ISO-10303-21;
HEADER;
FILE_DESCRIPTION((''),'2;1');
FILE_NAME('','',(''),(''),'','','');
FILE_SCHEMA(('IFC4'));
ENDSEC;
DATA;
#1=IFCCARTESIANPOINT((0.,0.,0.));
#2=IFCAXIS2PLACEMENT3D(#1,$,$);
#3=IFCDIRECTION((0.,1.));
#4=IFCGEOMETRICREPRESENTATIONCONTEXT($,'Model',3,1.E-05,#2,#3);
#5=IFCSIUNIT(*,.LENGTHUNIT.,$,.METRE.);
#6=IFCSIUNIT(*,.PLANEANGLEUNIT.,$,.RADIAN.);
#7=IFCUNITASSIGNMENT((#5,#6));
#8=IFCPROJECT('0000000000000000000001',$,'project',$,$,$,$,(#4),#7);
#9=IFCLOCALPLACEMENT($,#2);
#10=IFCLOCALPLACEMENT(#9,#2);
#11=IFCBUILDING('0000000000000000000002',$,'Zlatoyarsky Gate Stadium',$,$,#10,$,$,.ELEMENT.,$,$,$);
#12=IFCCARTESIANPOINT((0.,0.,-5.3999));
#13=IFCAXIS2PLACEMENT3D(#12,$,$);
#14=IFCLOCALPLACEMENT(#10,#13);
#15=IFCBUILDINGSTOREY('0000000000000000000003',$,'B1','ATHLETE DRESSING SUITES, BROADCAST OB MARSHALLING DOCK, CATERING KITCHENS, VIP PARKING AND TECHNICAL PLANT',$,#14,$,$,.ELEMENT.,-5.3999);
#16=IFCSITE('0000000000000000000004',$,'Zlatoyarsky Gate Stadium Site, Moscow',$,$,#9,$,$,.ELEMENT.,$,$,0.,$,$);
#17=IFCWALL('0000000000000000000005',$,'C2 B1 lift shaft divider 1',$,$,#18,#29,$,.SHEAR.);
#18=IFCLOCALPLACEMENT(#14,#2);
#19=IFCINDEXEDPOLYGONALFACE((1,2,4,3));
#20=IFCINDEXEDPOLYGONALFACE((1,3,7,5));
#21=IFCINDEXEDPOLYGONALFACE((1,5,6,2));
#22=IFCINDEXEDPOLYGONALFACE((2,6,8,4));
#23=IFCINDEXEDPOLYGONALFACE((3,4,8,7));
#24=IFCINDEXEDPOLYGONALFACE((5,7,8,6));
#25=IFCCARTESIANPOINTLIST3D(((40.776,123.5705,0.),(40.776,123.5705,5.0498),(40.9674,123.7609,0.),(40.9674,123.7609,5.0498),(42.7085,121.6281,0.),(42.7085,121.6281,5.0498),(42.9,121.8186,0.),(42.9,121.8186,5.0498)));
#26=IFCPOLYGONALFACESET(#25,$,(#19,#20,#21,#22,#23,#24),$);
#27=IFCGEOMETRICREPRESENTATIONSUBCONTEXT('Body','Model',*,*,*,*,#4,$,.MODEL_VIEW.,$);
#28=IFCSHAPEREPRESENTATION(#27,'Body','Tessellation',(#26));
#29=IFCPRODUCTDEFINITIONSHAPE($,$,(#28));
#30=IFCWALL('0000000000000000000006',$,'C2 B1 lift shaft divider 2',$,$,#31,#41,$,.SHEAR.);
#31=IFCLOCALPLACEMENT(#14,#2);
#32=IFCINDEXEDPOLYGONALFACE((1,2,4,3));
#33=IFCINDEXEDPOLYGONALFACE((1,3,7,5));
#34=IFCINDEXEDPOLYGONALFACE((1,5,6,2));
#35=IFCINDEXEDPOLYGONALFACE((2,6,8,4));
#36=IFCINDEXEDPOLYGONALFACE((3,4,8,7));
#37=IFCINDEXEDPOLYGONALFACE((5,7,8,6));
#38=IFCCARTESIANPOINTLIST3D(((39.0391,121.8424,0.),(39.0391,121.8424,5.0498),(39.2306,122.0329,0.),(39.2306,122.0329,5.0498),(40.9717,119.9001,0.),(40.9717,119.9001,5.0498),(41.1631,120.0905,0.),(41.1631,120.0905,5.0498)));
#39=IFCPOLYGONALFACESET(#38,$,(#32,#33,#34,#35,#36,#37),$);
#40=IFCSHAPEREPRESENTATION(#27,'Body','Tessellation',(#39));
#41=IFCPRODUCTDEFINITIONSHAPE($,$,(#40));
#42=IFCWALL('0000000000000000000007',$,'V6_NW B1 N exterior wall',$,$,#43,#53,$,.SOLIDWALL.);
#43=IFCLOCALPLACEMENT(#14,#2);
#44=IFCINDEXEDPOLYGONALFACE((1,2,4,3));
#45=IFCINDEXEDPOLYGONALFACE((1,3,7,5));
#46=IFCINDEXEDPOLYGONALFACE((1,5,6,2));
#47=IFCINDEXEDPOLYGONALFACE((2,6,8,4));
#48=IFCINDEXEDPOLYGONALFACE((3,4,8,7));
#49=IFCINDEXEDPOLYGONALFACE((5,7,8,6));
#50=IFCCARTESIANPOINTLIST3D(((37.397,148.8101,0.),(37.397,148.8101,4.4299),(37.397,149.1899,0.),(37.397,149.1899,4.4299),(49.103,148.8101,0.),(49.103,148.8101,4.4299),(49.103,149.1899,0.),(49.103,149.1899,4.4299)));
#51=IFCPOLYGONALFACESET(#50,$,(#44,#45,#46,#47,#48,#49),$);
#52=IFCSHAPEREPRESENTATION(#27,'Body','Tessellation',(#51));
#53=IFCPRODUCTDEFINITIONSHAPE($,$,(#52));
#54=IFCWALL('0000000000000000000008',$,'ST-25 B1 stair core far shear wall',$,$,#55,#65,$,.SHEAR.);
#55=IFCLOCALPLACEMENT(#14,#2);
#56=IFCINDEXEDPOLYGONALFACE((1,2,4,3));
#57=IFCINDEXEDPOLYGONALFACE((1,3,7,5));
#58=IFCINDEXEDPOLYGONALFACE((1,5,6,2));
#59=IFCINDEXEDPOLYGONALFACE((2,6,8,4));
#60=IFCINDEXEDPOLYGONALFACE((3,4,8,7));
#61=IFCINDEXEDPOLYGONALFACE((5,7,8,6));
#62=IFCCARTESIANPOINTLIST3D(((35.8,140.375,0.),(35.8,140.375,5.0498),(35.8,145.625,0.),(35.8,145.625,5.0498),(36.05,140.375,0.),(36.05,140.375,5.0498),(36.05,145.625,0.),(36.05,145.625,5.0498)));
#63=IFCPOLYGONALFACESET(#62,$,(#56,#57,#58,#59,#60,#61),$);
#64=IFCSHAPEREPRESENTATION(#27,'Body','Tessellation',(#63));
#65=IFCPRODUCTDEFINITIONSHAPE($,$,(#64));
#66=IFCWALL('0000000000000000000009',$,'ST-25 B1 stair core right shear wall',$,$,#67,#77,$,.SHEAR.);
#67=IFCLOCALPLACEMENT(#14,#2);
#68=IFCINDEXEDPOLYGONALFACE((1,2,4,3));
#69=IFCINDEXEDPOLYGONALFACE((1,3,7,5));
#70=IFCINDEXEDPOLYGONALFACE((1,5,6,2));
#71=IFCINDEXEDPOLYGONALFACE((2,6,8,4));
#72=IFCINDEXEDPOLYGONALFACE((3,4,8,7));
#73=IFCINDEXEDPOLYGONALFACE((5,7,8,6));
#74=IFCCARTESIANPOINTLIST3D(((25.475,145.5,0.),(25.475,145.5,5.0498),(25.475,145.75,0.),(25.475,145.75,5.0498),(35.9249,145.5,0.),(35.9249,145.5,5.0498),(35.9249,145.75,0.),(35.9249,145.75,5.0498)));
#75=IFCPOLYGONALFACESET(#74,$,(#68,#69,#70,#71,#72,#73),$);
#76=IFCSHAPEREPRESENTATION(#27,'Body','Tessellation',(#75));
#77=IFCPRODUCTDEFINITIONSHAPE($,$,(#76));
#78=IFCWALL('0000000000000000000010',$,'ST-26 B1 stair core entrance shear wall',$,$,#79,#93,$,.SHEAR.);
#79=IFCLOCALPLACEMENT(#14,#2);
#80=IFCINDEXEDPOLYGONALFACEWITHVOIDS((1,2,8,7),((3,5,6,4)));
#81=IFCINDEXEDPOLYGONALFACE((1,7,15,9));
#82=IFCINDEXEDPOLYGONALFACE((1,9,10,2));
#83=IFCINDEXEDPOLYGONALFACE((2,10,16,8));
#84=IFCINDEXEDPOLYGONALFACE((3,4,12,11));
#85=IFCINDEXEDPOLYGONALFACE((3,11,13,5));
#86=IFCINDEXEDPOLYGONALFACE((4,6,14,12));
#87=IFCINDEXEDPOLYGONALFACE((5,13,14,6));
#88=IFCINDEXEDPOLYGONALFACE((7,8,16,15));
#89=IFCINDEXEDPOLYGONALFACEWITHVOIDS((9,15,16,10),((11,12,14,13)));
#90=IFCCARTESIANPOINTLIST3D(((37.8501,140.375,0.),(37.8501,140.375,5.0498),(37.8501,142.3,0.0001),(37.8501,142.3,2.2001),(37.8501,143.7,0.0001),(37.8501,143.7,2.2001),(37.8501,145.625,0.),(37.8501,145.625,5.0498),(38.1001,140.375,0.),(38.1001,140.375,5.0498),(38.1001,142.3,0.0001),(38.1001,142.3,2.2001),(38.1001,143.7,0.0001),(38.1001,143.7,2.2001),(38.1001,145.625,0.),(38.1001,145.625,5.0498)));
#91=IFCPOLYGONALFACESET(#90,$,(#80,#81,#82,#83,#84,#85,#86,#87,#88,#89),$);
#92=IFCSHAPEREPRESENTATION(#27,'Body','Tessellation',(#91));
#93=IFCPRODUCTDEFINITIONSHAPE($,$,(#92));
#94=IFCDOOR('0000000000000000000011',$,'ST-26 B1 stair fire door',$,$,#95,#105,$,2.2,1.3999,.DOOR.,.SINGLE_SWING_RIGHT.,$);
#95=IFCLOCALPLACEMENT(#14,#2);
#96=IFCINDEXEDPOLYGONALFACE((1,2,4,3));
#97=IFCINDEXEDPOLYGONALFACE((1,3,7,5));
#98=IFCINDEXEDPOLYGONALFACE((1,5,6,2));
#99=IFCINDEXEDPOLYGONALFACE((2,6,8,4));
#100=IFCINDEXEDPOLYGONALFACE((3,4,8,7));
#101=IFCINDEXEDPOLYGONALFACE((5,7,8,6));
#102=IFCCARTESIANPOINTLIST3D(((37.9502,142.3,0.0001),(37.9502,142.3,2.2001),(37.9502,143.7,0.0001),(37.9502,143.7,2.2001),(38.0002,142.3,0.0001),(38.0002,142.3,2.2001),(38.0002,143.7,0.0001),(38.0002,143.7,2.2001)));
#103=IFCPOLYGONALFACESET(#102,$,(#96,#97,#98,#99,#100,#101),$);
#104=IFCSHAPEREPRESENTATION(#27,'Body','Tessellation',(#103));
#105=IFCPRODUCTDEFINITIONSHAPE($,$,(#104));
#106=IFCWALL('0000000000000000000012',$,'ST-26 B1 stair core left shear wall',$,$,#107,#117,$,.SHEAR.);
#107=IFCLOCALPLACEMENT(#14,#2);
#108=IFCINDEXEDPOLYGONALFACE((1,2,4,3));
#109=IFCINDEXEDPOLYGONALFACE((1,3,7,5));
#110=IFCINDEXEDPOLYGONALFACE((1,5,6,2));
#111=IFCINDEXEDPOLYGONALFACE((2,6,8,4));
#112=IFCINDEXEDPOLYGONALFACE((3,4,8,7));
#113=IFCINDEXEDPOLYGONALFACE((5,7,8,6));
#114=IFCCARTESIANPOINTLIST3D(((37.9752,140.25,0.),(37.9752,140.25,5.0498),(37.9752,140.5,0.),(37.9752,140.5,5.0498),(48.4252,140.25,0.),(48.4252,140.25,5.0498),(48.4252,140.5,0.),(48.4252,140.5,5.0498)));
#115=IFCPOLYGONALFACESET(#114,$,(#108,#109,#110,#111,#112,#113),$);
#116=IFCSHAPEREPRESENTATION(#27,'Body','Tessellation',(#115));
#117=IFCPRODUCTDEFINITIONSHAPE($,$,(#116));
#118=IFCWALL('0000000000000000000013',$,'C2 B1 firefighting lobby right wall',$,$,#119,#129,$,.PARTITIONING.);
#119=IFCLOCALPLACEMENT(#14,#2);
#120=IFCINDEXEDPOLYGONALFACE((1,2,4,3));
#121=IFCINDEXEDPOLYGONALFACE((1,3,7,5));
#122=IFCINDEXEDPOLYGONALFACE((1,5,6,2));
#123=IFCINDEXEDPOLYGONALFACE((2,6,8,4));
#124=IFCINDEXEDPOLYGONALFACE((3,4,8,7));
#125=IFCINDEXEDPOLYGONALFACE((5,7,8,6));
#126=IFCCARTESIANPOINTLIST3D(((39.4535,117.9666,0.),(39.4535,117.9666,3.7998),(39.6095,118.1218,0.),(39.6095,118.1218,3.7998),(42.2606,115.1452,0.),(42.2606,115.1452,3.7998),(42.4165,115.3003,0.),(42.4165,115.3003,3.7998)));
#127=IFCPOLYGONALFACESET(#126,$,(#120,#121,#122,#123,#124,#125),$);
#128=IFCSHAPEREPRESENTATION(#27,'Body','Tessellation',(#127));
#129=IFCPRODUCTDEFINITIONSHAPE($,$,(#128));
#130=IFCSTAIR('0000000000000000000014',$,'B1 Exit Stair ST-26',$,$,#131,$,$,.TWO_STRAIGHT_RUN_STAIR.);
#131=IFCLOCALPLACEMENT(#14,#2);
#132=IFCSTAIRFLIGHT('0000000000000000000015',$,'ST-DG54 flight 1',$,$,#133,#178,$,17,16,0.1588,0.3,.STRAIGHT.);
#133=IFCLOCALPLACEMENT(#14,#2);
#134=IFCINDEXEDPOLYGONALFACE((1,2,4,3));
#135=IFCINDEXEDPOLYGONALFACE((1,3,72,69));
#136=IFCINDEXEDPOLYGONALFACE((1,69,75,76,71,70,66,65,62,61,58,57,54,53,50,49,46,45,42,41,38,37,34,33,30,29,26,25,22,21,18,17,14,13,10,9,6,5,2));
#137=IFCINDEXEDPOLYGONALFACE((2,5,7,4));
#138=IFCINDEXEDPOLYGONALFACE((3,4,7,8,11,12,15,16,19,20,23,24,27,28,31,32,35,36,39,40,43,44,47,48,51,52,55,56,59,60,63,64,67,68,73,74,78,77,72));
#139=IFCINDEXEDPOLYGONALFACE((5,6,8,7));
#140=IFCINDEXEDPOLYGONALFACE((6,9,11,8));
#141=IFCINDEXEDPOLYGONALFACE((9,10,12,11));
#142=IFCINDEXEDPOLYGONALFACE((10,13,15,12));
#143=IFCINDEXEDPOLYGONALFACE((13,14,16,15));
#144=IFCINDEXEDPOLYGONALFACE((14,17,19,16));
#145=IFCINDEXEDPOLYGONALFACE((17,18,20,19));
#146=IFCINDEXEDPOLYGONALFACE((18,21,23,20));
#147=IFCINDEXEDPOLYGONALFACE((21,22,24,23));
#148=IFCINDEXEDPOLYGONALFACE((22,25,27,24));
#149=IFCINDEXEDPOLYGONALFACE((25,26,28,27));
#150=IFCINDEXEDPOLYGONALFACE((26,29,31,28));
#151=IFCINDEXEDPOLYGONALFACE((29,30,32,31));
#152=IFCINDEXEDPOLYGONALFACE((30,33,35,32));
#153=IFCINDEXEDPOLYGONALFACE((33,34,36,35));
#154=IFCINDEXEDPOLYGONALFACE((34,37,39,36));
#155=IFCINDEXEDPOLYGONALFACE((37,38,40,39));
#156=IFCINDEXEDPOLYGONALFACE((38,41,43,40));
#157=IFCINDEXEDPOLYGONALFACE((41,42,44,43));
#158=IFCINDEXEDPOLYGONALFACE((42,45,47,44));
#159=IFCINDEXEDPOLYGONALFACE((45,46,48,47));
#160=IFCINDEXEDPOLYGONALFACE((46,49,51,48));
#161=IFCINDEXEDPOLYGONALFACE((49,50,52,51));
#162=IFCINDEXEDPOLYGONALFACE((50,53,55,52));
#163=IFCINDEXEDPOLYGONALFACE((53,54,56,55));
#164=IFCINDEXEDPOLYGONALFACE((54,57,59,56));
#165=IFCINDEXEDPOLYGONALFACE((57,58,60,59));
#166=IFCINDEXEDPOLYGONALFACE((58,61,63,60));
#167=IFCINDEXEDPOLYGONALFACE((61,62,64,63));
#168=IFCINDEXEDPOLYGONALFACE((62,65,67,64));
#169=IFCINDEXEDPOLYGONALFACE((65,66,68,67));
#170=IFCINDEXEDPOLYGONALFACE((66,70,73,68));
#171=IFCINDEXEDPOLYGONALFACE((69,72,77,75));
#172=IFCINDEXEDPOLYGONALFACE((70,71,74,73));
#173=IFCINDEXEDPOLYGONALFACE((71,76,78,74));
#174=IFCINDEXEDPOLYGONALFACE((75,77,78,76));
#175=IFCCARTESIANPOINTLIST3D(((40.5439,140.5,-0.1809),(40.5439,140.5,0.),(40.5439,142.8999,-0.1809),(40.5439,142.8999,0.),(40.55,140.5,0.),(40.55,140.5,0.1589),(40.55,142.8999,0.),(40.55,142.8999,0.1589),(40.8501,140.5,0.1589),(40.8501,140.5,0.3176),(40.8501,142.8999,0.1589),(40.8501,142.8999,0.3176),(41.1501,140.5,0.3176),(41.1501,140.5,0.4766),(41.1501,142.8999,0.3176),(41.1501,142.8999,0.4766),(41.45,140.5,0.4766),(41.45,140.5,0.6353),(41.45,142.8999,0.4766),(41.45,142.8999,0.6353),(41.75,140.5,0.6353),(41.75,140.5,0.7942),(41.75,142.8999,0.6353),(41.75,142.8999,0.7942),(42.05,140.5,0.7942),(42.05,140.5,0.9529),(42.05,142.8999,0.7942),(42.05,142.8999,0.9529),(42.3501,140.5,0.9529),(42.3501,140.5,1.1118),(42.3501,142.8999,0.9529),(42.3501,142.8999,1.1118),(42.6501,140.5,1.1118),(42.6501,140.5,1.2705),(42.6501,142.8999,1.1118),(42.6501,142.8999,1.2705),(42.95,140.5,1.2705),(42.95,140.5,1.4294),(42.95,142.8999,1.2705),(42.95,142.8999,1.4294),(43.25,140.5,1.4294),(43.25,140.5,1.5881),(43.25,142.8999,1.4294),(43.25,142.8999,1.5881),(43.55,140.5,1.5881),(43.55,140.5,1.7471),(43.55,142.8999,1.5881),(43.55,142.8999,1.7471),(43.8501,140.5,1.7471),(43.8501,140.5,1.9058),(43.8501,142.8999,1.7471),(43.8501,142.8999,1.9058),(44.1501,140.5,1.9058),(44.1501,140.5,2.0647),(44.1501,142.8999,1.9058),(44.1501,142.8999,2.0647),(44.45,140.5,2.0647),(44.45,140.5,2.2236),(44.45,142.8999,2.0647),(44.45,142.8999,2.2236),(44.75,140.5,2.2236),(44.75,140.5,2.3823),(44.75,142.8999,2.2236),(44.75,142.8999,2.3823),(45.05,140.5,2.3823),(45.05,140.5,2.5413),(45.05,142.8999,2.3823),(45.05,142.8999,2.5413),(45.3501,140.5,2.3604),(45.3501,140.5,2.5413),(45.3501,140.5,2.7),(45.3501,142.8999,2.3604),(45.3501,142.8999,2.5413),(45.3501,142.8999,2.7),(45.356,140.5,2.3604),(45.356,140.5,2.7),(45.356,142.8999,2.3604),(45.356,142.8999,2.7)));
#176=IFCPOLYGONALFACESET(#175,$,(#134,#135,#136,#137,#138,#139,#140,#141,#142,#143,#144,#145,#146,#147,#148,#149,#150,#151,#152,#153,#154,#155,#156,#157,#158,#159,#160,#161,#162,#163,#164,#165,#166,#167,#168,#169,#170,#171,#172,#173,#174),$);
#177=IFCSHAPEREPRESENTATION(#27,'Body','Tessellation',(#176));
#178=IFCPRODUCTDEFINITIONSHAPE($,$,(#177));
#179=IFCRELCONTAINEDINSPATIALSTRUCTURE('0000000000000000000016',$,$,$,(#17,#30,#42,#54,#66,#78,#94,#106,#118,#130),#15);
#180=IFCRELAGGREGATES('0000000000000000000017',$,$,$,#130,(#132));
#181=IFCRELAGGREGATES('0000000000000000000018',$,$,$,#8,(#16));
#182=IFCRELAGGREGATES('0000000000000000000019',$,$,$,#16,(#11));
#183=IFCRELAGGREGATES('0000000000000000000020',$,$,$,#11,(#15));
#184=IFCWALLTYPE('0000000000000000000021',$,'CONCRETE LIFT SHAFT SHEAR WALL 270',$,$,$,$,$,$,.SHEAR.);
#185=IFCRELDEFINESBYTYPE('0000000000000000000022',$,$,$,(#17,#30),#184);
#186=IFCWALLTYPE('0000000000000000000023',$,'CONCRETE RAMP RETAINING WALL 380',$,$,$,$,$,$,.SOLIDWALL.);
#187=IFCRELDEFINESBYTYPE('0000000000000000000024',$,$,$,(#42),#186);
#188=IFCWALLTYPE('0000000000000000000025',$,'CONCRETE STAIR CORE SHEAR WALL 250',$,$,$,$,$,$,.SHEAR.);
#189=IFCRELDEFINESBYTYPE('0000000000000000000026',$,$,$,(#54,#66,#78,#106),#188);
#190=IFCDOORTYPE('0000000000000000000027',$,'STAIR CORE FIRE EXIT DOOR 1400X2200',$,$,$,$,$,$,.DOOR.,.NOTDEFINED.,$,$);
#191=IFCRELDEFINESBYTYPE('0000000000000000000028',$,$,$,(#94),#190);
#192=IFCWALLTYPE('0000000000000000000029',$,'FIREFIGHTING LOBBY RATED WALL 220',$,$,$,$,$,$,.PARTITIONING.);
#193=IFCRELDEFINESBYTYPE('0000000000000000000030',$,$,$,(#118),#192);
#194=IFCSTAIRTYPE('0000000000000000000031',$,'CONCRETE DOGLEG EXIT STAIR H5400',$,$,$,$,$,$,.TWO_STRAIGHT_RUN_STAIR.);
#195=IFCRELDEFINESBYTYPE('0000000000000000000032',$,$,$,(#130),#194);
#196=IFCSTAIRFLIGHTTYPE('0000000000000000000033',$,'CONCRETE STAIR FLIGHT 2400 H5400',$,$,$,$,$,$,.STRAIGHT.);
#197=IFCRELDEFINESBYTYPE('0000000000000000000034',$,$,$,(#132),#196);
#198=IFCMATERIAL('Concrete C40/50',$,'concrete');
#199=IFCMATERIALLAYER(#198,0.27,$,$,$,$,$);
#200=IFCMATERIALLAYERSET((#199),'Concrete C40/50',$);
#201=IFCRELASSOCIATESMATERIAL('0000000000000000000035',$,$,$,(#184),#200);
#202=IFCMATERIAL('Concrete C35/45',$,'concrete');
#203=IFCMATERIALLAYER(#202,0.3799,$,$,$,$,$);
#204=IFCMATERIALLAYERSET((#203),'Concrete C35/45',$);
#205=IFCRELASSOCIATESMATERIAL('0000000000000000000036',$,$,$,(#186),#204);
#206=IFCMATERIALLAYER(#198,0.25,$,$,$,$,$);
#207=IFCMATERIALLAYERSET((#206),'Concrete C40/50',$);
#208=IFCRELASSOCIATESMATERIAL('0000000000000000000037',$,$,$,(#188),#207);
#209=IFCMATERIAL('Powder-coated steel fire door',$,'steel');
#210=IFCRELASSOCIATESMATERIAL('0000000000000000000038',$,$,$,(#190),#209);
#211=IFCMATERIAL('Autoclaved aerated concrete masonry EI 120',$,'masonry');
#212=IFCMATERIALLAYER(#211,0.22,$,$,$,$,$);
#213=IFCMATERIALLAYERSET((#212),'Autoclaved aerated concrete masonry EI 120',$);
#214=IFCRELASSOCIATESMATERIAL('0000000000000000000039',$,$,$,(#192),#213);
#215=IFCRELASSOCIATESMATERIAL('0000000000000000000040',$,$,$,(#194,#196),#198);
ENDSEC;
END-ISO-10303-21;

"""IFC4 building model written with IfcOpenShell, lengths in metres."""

from ifc_helpers import new_model, si_unit, direction, frame, frame_2d, origin, place, context, subcontext, project, spatial, polyline, rectangle, outline, extrude, material, layer, layer_set, type_object, element, fill, aggregate, save


model = new_model("IFC4")

# Units and contexts
model_context = context("Model", 3, precision=1e-05, world=origin(), true_north=direction((0.0, 1.0)))
body_context = subcontext(model_context, "Body", "Model", "MODEL_VIEW")
ifc_project = project(units=[si_unit("LENGTHUNIT", "METRE"), si_unit("PLANEANGLEUNIT", "RADIAN")], contexts=[model_context])

# Site, building, storey
site_placement = place(None, origin())
site = spatial("IfcSite", under=ifc_project, at=site_placement, Name="Zlatoyarsky Gate Stadium Site, Moscow", CompositionType="ELEMENT", RefElevation=0.0)
building_placement = place(site_placement, origin())
building = spatial("IfcBuilding", under=site, at=building_placement, Name="Zlatoyarsky Gate Stadium", CompositionType="ELEMENT")
storey_placement = place(building_placement, frame((0.0, 0.0, -5.3999)))
storey = spatial("IfcBuildingStorey", under=building, at=storey_placement, Name="B1", Description="ATHLETE DRESSING SUITES, BROADCAST OB MARSHALLING DOCK, CATERING KITCHENS, VIP PARKING AND TECHNICAL PLANT", CompositionType="ELEMENT", Elevation=-5.3999)

# Shared definitions
ifc_material_1 = material(Name="Concrete C35/45", Category="concrete")

# Shared definitions
ifc_material_2 = material(Name="Concrete C40/50", Category="concrete")

# Walls
ifc_layer_1 = layer(ifc_material_2, 0.27)
ifc_layer_set_1 = layer_set([ifc_layer_1], Name="Concrete C40/50")
wall_type_1 = type_object("IfcWallType", Name="CONCRETE LIFT SHAFT SHEAR WALL 270", PredefinedType="SHEAR", material=ifc_layer_set_1)
for number, where, z_axis, x_axis, name in (
    (1, (40.8716, 123.6658, 0.0), (0.0, 0.0, 1.0), (0.705323, -0.708887, 0.0), "C2 B1 lift shaft divider 1"),
    (2, (39.1348, 121.9377, 0.0), (0.0, 0.0, 1.0), (0.705323, -0.708887, 0.0), "C2 B1 lift shaft divider 2"),
):
    element("IfcWall", number, at=place(storey_placement, frame(where, z_axis=z_axis, x_axis=x_axis)), inside=storey, type_object=wall_type_1, Name=name, PredefinedType="SHEAR", context=body_context, shape_type="SweptSolid", body=[
        extrude(rectangle(XDim=2.74, YDim=0.27, at=frame_2d((1.3701, 0.0))), origin(), (0.0, 0.0, 1.0), 5.0498),
    ])
ifc_layer_2 = layer(ifc_material_1, 0.3799)
ifc_layer_set_2 = layer_set([ifc_layer_2], Name="Concrete C35/45")
wall_type_2 = type_object("IfcWallType", Name="CONCRETE RAMP RETAINING WALL 380", PredefinedType="SOLIDWALL", material=ifc_layer_set_2)
wall_1_placement = place(storey_placement, frame((37.397, 149.0, 0.0), z_axis=(0.0, 0.0, 1.0), x_axis=(1.0, 0.0, 0.0)))
element("IfcWall", 3, at=wall_1_placement, inside=storey, type_object=wall_type_2, Name="V6_NW B1 N exterior wall", PredefinedType="SOLIDWALL", context=body_context, shape_type="SweptSolid", body=[
    extrude(rectangle(XDim=11.7061, YDim=0.3799, at=frame_2d((5.853, 0.0))), origin(), (0.0, 0.0, 1.0), 4.4299),
])
ifc_layer_3 = layer(ifc_material_2, 0.25)
ifc_layer_set_3 = layer_set([ifc_layer_3], Name="Concrete C40/50")
wall_type_3 = type_object("IfcWallType", Name="CONCRETE STAIR CORE SHEAR WALL 250", PredefinedType="SHEAR", material=ifc_layer_set_3)
wall_2_placement = place(storey_placement, frame((35.925, 140.375, 0.0), z_axis=(0.0, 0.0, 1.0), x_axis=(0.0, 1.0, 0.0)))
element("IfcWall", 4, at=wall_2_placement, inside=storey, type_object=wall_type_3, Name="ST-25 B1 stair core far shear wall", PredefinedType="SHEAR", context=body_context, shape_type="SweptSolid", body=[
    extrude(rectangle(XDim=5.25, YDim=0.25, at=frame_2d((2.625, 0.0))), origin(), (0.0, 0.0, 1.0), 5.0498),
])
wall_3_placement = place(storey_placement, frame((35.925, 145.625, 0.0), z_axis=(0.0, 0.0, 1.0), x_axis=(-1.0, 0.0, 0.0)))
element("IfcWall", 5, at=wall_3_placement, inside=storey, type_object=wall_type_3, Name="ST-25 B1 stair core right shear wall", PredefinedType="SHEAR", context=body_context, shape_type="SweptSolid", body=[
    extrude(rectangle(XDim=10.45, YDim=0.25, at=frame_2d((5.2251, 0.0))), origin(), (0.0, 0.0, 1.0), 5.0498),
])

# Wall, opening, door
wall_4_placement = place(storey_placement, frame((37.9751, 145.625, 0.0), z_axis=(0.0, 0.0, 1.0), x_axis=(0.0, -1.0, 0.0)))
wall_4 = element("IfcWall", 6, at=wall_4_placement, inside=storey, type_object=wall_type_3, Name="ST-26 B1 stair core entrance shear wall", PredefinedType="SHEAR", context=body_context, shape_type="SweptSolid", body=[
    extrude(rectangle(XDim=5.25, YDim=0.25, at=frame_2d((2.625, 0.0))), origin(), (0.0, 0.0, 1.0), 5.0498),
])
opening_placement = place(wall_4_placement, frame((1.925, 0.0, 0.0)))
opening = element("IfcOpeningElement", 7, at=opening_placement, cuts=wall_4, PredefinedType="OPENING", context=body_context, shape_type="SweptSolid", body=[
    extrude(rectangle(XDim=1.3999, YDim=2.2, at=frame_2d((0.7, 1.1001))), frame((0.0, 0.135, 0.0), z_axis=(0.0, -1.0, 0.0), x_axis=(1.0, 0.0, 0.0)), (0.0, 0.0, 1.0), 0.27),
])
ifc_material_3 = material(Name="Powder-coated steel fire door", Category="steel")
door_type = type_object("IfcDoorType", Name="STAIR CORE FIRE EXIT DOOR 1400X2200", OperationType="NOTDEFINED", PredefinedType="DOOR", material=ifc_material_3)
door_placement = place(opening_placement, frame((1.3999, 0.0, 0.0), z_axis=(0.0, 0.0, 1.0), x_axis=(-1.0, 0.0, 0.0)))
door = element("IfcDoor", 8, at=door_placement, inside=storey, type_object=door_type, Name="ST-26 B1 stair fire door", OperationType="SINGLE_SWING_RIGHT", OverallHeight=2.2, OverallWidth=1.3999, PredefinedType="DOOR", context=body_context, shape_type="SweptSolid", body=[
    extrude(rectangle(XDim=1.3999, YDim=2.2, at=frame_2d((0.7, 1.1001))), frame((0.0, 0.0249, 0.0), z_axis=(0.0, -1.0, 0.0), x_axis=(1.0, 0.0, 0.0)), (0.0, 0.0, 1.0), 0.05),
])
fill(opening, door)

# Walls
wall_5_placement = place(storey_placement, frame((37.9751, 140.375, 0.0), z_axis=(0.0, 0.0, 1.0), x_axis=(1.0, 0.0, 0.0)))
element("IfcWall", 9, at=wall_5_placement, inside=storey, type_object=wall_type_3, Name="ST-26 B1 stair core left shear wall", PredefinedType="SHEAR", context=body_context, shape_type="SweptSolid", body=[
    extrude(rectangle(XDim=10.45, YDim=0.25, at=frame_2d((5.2251, 0.0))), origin(), (0.0, 0.0, 1.0), 5.0498),
])
ifc_material_4 = material(Name="Autoclaved aerated concrete masonry EI 120", Category="masonry")
ifc_layer_4 = layer(ifc_material_4, 0.22)
ifc_layer_set_4 = layer_set([ifc_layer_4], Name="Autoclaved aerated concrete masonry EI 120")
wall_type_4 = type_object("IfcWallType", Name="FIREFIGHTING LOBBY RATED WALL 220", PredefinedType="PARTITIONING", material=ifc_layer_set_4)
wall_6_placement = place(storey_placement, frame((39.5315, 118.0442, 0.0), z_axis=(0.0, 0.0, 1.0), x_axis=(0.705295, -0.708914, 0.0)))
element("IfcWall", 10, at=wall_6_placement, inside=storey, type_object=wall_type_4, Name="C2 B1 firefighting lobby right wall", PredefinedType="PARTITIONING", context=body_context, shape_type="SweptSolid", body=[
    extrude(rectangle(XDim=3.98, YDim=0.22, at=frame_2d((1.99, 0.0))), origin(), (0.0, 0.0, 1.0), 3.7998),
])

# Stair, stair flight
stair_type = type_object("IfcStairType", Name="CONCRETE DOGLEG EXIT STAIR H5400", PredefinedType="TWO_STRAIGHT_RUN_STAIR", material=ifc_material_2)
stair_placement = place(storey_placement, origin())
stair = element("IfcStair", 11, at=stair_placement, inside=storey, type_object=stair_type, Name="B1 Exit Stair ST-26", PredefinedType="TWO_STRAIGHT_RUN_STAIR")
stair_flight_type = type_object("IfcStairFlightType", Name="CONCRETE STAIR FLIGHT 2400 H5400", PredefinedType="STRAIGHT", material=ifc_material_2)
stair_flight_placement = place(storey_placement, frame((40.55, 141.7, 0.0), z_axis=(0.0, 0.0, 1.0), x_axis=(1.0, 0.0, 0.0)))
stair_flight = element("IfcStairFlight", 12, at=stair_flight_placement, type_object=stair_flight_type, Name="ST-DG54 flight 1", NumberOfRisers=17, NumberOfTreads=16, PredefinedType="STRAIGHT", RiserHeight=0.1588, TreadLength=0.3, context=body_context, shape_type="SweptSolid", body=[
    extrude(outline(polyline([(-0.0061, -0.1809), (-0.0061, 0.0), (0.0, 0.0), (0.0, 0.1589), (0.3, 0.1589), (0.3, 0.3176), (0.6001, 0.3176), (0.6001, 0.4766), (0.8999, 0.4766), (0.8999, 0.6353), (1.2, 0.6353), (1.2, 0.7942), (1.5, 0.7942), (1.5, 0.9529), (1.8, 0.9529), (1.8, 1.1118), (2.1001, 1.1118), (2.1001, 1.2705), (2.3999, 1.2705), (2.3999, 1.4294), (2.7, 1.4294), (2.7, 1.5881), (3.0, 1.5881), (3.0, 1.7471), (3.3, 1.7471), (3.3, 1.9058), (3.6001, 1.9058), (3.6001, 2.0647), (3.8999, 2.0647), (3.8999, 2.2236), (4.2, 2.2236), (4.2, 2.3823), (4.5, 2.3823), (4.5, 2.5413), (4.8, 2.5413), (4.8, 2.7), (4.8059, 2.7), (4.8059, 2.3604), (4.8, 2.3604), (-0.0061, -0.1809)])), frame((0.0, 1.2, 0.0), z_axis=(0.0, -1.0, 0.0), x_axis=(1.0, 0.0, 0.0)), (0.0, 0.0, 1.0), 2.3999),
])
aggregate(stair, [stair_flight])

save(model, "model.ifc")
